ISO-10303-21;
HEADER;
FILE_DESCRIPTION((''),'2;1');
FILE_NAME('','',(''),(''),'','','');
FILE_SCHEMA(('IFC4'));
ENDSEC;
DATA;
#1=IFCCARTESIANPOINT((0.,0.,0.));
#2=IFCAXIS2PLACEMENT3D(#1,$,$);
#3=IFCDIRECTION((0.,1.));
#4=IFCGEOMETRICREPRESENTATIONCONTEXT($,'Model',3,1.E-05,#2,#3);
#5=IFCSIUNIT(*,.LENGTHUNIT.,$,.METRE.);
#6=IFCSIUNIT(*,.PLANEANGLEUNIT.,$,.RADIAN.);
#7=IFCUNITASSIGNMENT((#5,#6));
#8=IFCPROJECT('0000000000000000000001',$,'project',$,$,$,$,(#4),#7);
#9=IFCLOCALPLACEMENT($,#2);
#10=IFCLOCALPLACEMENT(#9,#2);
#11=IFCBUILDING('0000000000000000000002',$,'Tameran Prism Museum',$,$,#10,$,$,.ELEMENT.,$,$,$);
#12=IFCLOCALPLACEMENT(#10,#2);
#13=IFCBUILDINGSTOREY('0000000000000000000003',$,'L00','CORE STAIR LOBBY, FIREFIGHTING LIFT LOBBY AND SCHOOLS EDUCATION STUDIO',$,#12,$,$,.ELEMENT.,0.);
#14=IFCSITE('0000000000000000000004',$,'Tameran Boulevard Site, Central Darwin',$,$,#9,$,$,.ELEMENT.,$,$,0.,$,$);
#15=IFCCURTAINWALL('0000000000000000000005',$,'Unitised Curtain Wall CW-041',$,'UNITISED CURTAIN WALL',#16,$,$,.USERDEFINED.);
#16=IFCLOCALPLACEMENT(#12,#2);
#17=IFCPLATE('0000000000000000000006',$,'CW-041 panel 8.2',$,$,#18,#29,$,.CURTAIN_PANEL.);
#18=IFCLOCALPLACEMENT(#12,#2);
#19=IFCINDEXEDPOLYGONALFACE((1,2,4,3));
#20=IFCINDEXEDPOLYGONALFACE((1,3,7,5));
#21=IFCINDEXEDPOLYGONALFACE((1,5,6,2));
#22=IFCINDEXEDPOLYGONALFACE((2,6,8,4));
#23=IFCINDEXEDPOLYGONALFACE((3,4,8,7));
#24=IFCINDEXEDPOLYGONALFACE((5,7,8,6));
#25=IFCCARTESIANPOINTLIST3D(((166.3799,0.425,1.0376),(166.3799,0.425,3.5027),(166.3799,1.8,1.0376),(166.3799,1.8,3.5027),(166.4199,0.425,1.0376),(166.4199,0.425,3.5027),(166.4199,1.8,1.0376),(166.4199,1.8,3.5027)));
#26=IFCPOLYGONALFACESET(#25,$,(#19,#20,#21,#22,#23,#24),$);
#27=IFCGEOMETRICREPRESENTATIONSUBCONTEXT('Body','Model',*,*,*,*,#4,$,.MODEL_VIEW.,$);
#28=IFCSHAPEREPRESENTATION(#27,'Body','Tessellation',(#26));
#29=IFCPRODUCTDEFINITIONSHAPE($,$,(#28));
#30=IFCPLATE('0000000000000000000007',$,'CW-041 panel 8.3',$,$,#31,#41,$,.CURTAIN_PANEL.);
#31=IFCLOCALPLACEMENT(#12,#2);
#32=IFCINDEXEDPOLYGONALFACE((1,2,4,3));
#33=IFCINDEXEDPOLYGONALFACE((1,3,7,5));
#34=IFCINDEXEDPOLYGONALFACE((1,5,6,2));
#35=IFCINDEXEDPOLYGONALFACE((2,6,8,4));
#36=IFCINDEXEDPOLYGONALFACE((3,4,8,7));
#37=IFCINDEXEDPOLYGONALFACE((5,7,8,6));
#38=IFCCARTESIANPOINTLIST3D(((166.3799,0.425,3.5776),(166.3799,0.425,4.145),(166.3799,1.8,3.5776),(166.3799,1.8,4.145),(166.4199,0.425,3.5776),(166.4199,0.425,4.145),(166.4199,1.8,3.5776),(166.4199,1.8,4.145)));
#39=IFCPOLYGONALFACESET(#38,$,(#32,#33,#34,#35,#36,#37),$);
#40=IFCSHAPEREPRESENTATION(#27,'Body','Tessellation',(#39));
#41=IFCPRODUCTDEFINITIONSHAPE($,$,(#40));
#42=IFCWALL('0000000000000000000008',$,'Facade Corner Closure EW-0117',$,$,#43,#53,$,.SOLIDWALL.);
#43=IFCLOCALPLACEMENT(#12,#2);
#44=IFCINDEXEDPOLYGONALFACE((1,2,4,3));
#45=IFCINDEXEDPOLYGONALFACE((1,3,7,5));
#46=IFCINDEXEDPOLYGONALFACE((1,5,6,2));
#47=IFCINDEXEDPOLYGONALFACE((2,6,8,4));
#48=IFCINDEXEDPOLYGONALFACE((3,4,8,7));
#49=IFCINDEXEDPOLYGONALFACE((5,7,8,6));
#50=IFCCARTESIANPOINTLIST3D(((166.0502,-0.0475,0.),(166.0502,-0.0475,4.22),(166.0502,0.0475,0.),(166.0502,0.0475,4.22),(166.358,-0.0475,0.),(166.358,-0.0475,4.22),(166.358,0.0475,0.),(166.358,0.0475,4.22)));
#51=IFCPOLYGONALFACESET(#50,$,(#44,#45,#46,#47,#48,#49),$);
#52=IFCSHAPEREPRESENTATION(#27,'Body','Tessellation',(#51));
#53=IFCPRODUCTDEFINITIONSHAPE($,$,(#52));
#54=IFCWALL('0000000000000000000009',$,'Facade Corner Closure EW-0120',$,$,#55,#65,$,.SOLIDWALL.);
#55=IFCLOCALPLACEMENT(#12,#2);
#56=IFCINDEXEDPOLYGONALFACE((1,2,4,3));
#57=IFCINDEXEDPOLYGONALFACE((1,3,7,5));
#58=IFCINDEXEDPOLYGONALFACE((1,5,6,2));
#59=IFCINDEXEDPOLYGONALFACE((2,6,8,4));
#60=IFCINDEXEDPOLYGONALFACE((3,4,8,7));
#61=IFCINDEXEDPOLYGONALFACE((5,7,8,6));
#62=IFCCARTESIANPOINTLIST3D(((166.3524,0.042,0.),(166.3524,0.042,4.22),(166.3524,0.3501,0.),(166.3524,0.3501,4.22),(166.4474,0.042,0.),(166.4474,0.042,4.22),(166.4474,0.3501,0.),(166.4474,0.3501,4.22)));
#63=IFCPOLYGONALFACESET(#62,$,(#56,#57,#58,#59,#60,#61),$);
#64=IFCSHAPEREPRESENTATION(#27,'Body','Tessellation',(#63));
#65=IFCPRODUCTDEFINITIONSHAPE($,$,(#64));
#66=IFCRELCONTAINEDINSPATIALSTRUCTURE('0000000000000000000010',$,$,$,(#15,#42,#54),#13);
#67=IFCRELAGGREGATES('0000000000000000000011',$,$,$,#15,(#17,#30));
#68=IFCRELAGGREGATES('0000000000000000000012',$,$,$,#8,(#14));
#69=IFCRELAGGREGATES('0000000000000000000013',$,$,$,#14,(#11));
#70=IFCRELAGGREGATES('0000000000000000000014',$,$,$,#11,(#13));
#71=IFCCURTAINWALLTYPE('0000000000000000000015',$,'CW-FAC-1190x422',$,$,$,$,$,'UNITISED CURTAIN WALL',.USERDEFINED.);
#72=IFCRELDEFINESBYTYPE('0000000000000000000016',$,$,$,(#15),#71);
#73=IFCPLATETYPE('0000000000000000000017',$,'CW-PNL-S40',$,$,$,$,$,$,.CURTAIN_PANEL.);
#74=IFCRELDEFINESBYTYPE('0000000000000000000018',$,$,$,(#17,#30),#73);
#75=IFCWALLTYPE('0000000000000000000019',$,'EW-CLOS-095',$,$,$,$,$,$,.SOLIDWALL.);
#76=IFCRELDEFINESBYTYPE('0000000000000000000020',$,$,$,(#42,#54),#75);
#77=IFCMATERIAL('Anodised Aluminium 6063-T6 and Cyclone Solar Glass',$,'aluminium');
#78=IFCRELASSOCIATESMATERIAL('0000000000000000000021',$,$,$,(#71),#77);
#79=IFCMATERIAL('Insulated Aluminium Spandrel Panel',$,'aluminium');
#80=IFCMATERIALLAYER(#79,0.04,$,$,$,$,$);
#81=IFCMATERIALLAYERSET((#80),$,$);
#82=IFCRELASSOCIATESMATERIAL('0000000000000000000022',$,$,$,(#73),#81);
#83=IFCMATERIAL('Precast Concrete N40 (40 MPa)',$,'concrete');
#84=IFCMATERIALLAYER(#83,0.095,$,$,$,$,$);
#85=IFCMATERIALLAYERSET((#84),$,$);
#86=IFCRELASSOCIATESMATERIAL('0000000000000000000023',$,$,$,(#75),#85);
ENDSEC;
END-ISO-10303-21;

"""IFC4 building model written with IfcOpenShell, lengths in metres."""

from ifc_helpers import new_model, si_unit, direction, frame, frame_2d, origin, origin_2d, place, context, subcontext, project, spatial, rectangle, extrude, material, layer, layer_set, type_object, element, aggregate, save


model = new_model("IFC4")

# Units and contexts
model_context = context("Model", 3, precision=1e-05, world=origin(), true_north=direction((0.0, 1.0)))
body_context = subcontext(model_context, "Body", "Model", "MODEL_VIEW")
ifc_project = project(units=[si_unit("LENGTHUNIT", "METRE"), si_unit("PLANEANGLEUNIT", "RADIAN")], contexts=[model_context])

# Site, building, storey
site_placement = place(None, origin())
site = spatial("IfcSite", under=ifc_project, at=site_placement, Name="Tameran Boulevard Site, Central Darwin", CompositionType="ELEMENT", RefElevation=0.0)
building_placement = place(site_placement, origin())
building = spatial("IfcBuilding", under=site, at=building_placement, Name="Tameran Prism Museum", CompositionType="ELEMENT")
storey_placement = place(building_placement, origin())
storey = spatial("IfcBuildingStorey", under=building, at=storey_placement, Name="L00", Description="CORE STAIR LOBBY, FIREFIGHTING LIFT LOBBY AND SCHOOLS EDUCATION STUDIO", CompositionType="ELEMENT", Elevation=0.0)

# Curtain wall
ifc_material_1 = material(Name="Anodised Aluminium 6063-T6 and Cyclone Solar Glass", Category="aluminium")
curtain_wall_type_1 = type_object("IfcCurtainWallType", Name="CW-FAC-1190x422", ElementType="UNITISED CURTAIN WALL", PredefinedType="USERDEFINED", material=ifc_material_1)
curtain_wall_1_placement = place(storey_placement, origin())
curtain_wall_1 = element("IfcCurtainWall", 1, at=curtain_wall_1_placement, inside=storey, type_object=curtain_wall_type_1, Name="Unitised Curtain Wall CW-041", ObjectType="UNITISED CURTAIN WALL", PredefinedType="USERDEFINED")

# Plates
ifc_material_2 = material(Name="Insulated Aluminium Spandrel Panel", Category="aluminium")
ifc_layer_1 = layer(ifc_material_2, 0.04)
ifc_layer_set_1 = layer_set([ifc_layer_1])
plate_type_1 = type_object("IfcPlateType", Name="CW-PNL-S40", PredefinedType="CURTAIN_PANEL", material=ifc_layer_set_1)
plate_1_placement = place(storey_placement, frame((166.3999, 1.1125, 1.0376), z_axis=(0.0, 0.0, 1.0), x_axis=(0.0, -1.0, 0.0)))
plate_1 = element("IfcPlate", 2, at=plate_1_placement, type_object=plate_type_1, Name="CW-041 panel 8.2", PredefinedType="CURTAIN_PANEL", context=body_context, shape_type="SweptSolid", body=[
    extrude(rectangle(XDim=1.375, YDim=0.04, at=origin_2d()), origin(), (0.0, 0.0, 1.0), 2.4651),
])
plate_2_placement = place(storey_placement, frame((166.3999, 1.1125, 3.5776), z_axis=(0.0, 0.0, 1.0), x_axis=(0.0, -1.0, 0.0)))
plate_2 = element("IfcPlate", 3, at=plate_2_placement, type_object=plate_type_1, Name="CW-041 panel 8.3", PredefinedType="CURTAIN_PANEL", context=body_context, shape_type="SweptSolid", body=[
    extrude(rectangle(XDim=1.375, YDim=0.04, at=origin_2d()), origin(), (0.0, 0.0, 1.0), 0.5674),
])
aggregate(curtain_wall_1, [plate_1, plate_2])

# Walls
ifc_material_3 = material(Name="Precast Concrete N40 (40 MPa)", Category="concrete")
ifc_layer_2 = layer(ifc_material_3, 0.095)
ifc_layer_set_2 = layer_set([ifc_layer_2])
wall_type = type_object("IfcWallType", Name="EW-CLOS-095", PredefinedType="SOLIDWALL", material=ifc_layer_set_2)
wall_1_placement = place(storey_placement, frame((166.3579, 0.0, 0.0), z_axis=(0.0, 0.0, 1.0), x_axis=(-1.0, 0.0, 0.0)))
element("IfcWall", 4, at=wall_1_placement, inside=storey, type_object=wall_type, Name="Facade Corner Closure EW-0117", PredefinedType="SOLIDWALL", context=body_context, shape_type="SweptSolid", body=[
    extrude(rectangle(XDim=0.3079, YDim=0.095, at=frame_2d((0.1538, 0.0))), origin(), (0.0, 0.0, 1.0), 4.22),
])
wall_2_placement = place(storey_placement, frame((166.3999, 0.3501, 0.0), z_axis=(0.0, 0.0, 1.0), x_axis=(0.0, -1.0, 0.0)))
element("IfcWall", 5, at=wall_2_placement, inside=storey, type_object=wall_type, Name="Facade Corner Closure EW-0120", PredefinedType="SOLIDWALL", context=body_context, shape_type="SweptSolid", body=[
    extrude(rectangle(XDim=0.3081, YDim=0.095, at=frame_2d((0.1541, 0.0))), origin(), (0.0, 0.0, 1.0), 4.22),
])

save(model, "model.ifc")
